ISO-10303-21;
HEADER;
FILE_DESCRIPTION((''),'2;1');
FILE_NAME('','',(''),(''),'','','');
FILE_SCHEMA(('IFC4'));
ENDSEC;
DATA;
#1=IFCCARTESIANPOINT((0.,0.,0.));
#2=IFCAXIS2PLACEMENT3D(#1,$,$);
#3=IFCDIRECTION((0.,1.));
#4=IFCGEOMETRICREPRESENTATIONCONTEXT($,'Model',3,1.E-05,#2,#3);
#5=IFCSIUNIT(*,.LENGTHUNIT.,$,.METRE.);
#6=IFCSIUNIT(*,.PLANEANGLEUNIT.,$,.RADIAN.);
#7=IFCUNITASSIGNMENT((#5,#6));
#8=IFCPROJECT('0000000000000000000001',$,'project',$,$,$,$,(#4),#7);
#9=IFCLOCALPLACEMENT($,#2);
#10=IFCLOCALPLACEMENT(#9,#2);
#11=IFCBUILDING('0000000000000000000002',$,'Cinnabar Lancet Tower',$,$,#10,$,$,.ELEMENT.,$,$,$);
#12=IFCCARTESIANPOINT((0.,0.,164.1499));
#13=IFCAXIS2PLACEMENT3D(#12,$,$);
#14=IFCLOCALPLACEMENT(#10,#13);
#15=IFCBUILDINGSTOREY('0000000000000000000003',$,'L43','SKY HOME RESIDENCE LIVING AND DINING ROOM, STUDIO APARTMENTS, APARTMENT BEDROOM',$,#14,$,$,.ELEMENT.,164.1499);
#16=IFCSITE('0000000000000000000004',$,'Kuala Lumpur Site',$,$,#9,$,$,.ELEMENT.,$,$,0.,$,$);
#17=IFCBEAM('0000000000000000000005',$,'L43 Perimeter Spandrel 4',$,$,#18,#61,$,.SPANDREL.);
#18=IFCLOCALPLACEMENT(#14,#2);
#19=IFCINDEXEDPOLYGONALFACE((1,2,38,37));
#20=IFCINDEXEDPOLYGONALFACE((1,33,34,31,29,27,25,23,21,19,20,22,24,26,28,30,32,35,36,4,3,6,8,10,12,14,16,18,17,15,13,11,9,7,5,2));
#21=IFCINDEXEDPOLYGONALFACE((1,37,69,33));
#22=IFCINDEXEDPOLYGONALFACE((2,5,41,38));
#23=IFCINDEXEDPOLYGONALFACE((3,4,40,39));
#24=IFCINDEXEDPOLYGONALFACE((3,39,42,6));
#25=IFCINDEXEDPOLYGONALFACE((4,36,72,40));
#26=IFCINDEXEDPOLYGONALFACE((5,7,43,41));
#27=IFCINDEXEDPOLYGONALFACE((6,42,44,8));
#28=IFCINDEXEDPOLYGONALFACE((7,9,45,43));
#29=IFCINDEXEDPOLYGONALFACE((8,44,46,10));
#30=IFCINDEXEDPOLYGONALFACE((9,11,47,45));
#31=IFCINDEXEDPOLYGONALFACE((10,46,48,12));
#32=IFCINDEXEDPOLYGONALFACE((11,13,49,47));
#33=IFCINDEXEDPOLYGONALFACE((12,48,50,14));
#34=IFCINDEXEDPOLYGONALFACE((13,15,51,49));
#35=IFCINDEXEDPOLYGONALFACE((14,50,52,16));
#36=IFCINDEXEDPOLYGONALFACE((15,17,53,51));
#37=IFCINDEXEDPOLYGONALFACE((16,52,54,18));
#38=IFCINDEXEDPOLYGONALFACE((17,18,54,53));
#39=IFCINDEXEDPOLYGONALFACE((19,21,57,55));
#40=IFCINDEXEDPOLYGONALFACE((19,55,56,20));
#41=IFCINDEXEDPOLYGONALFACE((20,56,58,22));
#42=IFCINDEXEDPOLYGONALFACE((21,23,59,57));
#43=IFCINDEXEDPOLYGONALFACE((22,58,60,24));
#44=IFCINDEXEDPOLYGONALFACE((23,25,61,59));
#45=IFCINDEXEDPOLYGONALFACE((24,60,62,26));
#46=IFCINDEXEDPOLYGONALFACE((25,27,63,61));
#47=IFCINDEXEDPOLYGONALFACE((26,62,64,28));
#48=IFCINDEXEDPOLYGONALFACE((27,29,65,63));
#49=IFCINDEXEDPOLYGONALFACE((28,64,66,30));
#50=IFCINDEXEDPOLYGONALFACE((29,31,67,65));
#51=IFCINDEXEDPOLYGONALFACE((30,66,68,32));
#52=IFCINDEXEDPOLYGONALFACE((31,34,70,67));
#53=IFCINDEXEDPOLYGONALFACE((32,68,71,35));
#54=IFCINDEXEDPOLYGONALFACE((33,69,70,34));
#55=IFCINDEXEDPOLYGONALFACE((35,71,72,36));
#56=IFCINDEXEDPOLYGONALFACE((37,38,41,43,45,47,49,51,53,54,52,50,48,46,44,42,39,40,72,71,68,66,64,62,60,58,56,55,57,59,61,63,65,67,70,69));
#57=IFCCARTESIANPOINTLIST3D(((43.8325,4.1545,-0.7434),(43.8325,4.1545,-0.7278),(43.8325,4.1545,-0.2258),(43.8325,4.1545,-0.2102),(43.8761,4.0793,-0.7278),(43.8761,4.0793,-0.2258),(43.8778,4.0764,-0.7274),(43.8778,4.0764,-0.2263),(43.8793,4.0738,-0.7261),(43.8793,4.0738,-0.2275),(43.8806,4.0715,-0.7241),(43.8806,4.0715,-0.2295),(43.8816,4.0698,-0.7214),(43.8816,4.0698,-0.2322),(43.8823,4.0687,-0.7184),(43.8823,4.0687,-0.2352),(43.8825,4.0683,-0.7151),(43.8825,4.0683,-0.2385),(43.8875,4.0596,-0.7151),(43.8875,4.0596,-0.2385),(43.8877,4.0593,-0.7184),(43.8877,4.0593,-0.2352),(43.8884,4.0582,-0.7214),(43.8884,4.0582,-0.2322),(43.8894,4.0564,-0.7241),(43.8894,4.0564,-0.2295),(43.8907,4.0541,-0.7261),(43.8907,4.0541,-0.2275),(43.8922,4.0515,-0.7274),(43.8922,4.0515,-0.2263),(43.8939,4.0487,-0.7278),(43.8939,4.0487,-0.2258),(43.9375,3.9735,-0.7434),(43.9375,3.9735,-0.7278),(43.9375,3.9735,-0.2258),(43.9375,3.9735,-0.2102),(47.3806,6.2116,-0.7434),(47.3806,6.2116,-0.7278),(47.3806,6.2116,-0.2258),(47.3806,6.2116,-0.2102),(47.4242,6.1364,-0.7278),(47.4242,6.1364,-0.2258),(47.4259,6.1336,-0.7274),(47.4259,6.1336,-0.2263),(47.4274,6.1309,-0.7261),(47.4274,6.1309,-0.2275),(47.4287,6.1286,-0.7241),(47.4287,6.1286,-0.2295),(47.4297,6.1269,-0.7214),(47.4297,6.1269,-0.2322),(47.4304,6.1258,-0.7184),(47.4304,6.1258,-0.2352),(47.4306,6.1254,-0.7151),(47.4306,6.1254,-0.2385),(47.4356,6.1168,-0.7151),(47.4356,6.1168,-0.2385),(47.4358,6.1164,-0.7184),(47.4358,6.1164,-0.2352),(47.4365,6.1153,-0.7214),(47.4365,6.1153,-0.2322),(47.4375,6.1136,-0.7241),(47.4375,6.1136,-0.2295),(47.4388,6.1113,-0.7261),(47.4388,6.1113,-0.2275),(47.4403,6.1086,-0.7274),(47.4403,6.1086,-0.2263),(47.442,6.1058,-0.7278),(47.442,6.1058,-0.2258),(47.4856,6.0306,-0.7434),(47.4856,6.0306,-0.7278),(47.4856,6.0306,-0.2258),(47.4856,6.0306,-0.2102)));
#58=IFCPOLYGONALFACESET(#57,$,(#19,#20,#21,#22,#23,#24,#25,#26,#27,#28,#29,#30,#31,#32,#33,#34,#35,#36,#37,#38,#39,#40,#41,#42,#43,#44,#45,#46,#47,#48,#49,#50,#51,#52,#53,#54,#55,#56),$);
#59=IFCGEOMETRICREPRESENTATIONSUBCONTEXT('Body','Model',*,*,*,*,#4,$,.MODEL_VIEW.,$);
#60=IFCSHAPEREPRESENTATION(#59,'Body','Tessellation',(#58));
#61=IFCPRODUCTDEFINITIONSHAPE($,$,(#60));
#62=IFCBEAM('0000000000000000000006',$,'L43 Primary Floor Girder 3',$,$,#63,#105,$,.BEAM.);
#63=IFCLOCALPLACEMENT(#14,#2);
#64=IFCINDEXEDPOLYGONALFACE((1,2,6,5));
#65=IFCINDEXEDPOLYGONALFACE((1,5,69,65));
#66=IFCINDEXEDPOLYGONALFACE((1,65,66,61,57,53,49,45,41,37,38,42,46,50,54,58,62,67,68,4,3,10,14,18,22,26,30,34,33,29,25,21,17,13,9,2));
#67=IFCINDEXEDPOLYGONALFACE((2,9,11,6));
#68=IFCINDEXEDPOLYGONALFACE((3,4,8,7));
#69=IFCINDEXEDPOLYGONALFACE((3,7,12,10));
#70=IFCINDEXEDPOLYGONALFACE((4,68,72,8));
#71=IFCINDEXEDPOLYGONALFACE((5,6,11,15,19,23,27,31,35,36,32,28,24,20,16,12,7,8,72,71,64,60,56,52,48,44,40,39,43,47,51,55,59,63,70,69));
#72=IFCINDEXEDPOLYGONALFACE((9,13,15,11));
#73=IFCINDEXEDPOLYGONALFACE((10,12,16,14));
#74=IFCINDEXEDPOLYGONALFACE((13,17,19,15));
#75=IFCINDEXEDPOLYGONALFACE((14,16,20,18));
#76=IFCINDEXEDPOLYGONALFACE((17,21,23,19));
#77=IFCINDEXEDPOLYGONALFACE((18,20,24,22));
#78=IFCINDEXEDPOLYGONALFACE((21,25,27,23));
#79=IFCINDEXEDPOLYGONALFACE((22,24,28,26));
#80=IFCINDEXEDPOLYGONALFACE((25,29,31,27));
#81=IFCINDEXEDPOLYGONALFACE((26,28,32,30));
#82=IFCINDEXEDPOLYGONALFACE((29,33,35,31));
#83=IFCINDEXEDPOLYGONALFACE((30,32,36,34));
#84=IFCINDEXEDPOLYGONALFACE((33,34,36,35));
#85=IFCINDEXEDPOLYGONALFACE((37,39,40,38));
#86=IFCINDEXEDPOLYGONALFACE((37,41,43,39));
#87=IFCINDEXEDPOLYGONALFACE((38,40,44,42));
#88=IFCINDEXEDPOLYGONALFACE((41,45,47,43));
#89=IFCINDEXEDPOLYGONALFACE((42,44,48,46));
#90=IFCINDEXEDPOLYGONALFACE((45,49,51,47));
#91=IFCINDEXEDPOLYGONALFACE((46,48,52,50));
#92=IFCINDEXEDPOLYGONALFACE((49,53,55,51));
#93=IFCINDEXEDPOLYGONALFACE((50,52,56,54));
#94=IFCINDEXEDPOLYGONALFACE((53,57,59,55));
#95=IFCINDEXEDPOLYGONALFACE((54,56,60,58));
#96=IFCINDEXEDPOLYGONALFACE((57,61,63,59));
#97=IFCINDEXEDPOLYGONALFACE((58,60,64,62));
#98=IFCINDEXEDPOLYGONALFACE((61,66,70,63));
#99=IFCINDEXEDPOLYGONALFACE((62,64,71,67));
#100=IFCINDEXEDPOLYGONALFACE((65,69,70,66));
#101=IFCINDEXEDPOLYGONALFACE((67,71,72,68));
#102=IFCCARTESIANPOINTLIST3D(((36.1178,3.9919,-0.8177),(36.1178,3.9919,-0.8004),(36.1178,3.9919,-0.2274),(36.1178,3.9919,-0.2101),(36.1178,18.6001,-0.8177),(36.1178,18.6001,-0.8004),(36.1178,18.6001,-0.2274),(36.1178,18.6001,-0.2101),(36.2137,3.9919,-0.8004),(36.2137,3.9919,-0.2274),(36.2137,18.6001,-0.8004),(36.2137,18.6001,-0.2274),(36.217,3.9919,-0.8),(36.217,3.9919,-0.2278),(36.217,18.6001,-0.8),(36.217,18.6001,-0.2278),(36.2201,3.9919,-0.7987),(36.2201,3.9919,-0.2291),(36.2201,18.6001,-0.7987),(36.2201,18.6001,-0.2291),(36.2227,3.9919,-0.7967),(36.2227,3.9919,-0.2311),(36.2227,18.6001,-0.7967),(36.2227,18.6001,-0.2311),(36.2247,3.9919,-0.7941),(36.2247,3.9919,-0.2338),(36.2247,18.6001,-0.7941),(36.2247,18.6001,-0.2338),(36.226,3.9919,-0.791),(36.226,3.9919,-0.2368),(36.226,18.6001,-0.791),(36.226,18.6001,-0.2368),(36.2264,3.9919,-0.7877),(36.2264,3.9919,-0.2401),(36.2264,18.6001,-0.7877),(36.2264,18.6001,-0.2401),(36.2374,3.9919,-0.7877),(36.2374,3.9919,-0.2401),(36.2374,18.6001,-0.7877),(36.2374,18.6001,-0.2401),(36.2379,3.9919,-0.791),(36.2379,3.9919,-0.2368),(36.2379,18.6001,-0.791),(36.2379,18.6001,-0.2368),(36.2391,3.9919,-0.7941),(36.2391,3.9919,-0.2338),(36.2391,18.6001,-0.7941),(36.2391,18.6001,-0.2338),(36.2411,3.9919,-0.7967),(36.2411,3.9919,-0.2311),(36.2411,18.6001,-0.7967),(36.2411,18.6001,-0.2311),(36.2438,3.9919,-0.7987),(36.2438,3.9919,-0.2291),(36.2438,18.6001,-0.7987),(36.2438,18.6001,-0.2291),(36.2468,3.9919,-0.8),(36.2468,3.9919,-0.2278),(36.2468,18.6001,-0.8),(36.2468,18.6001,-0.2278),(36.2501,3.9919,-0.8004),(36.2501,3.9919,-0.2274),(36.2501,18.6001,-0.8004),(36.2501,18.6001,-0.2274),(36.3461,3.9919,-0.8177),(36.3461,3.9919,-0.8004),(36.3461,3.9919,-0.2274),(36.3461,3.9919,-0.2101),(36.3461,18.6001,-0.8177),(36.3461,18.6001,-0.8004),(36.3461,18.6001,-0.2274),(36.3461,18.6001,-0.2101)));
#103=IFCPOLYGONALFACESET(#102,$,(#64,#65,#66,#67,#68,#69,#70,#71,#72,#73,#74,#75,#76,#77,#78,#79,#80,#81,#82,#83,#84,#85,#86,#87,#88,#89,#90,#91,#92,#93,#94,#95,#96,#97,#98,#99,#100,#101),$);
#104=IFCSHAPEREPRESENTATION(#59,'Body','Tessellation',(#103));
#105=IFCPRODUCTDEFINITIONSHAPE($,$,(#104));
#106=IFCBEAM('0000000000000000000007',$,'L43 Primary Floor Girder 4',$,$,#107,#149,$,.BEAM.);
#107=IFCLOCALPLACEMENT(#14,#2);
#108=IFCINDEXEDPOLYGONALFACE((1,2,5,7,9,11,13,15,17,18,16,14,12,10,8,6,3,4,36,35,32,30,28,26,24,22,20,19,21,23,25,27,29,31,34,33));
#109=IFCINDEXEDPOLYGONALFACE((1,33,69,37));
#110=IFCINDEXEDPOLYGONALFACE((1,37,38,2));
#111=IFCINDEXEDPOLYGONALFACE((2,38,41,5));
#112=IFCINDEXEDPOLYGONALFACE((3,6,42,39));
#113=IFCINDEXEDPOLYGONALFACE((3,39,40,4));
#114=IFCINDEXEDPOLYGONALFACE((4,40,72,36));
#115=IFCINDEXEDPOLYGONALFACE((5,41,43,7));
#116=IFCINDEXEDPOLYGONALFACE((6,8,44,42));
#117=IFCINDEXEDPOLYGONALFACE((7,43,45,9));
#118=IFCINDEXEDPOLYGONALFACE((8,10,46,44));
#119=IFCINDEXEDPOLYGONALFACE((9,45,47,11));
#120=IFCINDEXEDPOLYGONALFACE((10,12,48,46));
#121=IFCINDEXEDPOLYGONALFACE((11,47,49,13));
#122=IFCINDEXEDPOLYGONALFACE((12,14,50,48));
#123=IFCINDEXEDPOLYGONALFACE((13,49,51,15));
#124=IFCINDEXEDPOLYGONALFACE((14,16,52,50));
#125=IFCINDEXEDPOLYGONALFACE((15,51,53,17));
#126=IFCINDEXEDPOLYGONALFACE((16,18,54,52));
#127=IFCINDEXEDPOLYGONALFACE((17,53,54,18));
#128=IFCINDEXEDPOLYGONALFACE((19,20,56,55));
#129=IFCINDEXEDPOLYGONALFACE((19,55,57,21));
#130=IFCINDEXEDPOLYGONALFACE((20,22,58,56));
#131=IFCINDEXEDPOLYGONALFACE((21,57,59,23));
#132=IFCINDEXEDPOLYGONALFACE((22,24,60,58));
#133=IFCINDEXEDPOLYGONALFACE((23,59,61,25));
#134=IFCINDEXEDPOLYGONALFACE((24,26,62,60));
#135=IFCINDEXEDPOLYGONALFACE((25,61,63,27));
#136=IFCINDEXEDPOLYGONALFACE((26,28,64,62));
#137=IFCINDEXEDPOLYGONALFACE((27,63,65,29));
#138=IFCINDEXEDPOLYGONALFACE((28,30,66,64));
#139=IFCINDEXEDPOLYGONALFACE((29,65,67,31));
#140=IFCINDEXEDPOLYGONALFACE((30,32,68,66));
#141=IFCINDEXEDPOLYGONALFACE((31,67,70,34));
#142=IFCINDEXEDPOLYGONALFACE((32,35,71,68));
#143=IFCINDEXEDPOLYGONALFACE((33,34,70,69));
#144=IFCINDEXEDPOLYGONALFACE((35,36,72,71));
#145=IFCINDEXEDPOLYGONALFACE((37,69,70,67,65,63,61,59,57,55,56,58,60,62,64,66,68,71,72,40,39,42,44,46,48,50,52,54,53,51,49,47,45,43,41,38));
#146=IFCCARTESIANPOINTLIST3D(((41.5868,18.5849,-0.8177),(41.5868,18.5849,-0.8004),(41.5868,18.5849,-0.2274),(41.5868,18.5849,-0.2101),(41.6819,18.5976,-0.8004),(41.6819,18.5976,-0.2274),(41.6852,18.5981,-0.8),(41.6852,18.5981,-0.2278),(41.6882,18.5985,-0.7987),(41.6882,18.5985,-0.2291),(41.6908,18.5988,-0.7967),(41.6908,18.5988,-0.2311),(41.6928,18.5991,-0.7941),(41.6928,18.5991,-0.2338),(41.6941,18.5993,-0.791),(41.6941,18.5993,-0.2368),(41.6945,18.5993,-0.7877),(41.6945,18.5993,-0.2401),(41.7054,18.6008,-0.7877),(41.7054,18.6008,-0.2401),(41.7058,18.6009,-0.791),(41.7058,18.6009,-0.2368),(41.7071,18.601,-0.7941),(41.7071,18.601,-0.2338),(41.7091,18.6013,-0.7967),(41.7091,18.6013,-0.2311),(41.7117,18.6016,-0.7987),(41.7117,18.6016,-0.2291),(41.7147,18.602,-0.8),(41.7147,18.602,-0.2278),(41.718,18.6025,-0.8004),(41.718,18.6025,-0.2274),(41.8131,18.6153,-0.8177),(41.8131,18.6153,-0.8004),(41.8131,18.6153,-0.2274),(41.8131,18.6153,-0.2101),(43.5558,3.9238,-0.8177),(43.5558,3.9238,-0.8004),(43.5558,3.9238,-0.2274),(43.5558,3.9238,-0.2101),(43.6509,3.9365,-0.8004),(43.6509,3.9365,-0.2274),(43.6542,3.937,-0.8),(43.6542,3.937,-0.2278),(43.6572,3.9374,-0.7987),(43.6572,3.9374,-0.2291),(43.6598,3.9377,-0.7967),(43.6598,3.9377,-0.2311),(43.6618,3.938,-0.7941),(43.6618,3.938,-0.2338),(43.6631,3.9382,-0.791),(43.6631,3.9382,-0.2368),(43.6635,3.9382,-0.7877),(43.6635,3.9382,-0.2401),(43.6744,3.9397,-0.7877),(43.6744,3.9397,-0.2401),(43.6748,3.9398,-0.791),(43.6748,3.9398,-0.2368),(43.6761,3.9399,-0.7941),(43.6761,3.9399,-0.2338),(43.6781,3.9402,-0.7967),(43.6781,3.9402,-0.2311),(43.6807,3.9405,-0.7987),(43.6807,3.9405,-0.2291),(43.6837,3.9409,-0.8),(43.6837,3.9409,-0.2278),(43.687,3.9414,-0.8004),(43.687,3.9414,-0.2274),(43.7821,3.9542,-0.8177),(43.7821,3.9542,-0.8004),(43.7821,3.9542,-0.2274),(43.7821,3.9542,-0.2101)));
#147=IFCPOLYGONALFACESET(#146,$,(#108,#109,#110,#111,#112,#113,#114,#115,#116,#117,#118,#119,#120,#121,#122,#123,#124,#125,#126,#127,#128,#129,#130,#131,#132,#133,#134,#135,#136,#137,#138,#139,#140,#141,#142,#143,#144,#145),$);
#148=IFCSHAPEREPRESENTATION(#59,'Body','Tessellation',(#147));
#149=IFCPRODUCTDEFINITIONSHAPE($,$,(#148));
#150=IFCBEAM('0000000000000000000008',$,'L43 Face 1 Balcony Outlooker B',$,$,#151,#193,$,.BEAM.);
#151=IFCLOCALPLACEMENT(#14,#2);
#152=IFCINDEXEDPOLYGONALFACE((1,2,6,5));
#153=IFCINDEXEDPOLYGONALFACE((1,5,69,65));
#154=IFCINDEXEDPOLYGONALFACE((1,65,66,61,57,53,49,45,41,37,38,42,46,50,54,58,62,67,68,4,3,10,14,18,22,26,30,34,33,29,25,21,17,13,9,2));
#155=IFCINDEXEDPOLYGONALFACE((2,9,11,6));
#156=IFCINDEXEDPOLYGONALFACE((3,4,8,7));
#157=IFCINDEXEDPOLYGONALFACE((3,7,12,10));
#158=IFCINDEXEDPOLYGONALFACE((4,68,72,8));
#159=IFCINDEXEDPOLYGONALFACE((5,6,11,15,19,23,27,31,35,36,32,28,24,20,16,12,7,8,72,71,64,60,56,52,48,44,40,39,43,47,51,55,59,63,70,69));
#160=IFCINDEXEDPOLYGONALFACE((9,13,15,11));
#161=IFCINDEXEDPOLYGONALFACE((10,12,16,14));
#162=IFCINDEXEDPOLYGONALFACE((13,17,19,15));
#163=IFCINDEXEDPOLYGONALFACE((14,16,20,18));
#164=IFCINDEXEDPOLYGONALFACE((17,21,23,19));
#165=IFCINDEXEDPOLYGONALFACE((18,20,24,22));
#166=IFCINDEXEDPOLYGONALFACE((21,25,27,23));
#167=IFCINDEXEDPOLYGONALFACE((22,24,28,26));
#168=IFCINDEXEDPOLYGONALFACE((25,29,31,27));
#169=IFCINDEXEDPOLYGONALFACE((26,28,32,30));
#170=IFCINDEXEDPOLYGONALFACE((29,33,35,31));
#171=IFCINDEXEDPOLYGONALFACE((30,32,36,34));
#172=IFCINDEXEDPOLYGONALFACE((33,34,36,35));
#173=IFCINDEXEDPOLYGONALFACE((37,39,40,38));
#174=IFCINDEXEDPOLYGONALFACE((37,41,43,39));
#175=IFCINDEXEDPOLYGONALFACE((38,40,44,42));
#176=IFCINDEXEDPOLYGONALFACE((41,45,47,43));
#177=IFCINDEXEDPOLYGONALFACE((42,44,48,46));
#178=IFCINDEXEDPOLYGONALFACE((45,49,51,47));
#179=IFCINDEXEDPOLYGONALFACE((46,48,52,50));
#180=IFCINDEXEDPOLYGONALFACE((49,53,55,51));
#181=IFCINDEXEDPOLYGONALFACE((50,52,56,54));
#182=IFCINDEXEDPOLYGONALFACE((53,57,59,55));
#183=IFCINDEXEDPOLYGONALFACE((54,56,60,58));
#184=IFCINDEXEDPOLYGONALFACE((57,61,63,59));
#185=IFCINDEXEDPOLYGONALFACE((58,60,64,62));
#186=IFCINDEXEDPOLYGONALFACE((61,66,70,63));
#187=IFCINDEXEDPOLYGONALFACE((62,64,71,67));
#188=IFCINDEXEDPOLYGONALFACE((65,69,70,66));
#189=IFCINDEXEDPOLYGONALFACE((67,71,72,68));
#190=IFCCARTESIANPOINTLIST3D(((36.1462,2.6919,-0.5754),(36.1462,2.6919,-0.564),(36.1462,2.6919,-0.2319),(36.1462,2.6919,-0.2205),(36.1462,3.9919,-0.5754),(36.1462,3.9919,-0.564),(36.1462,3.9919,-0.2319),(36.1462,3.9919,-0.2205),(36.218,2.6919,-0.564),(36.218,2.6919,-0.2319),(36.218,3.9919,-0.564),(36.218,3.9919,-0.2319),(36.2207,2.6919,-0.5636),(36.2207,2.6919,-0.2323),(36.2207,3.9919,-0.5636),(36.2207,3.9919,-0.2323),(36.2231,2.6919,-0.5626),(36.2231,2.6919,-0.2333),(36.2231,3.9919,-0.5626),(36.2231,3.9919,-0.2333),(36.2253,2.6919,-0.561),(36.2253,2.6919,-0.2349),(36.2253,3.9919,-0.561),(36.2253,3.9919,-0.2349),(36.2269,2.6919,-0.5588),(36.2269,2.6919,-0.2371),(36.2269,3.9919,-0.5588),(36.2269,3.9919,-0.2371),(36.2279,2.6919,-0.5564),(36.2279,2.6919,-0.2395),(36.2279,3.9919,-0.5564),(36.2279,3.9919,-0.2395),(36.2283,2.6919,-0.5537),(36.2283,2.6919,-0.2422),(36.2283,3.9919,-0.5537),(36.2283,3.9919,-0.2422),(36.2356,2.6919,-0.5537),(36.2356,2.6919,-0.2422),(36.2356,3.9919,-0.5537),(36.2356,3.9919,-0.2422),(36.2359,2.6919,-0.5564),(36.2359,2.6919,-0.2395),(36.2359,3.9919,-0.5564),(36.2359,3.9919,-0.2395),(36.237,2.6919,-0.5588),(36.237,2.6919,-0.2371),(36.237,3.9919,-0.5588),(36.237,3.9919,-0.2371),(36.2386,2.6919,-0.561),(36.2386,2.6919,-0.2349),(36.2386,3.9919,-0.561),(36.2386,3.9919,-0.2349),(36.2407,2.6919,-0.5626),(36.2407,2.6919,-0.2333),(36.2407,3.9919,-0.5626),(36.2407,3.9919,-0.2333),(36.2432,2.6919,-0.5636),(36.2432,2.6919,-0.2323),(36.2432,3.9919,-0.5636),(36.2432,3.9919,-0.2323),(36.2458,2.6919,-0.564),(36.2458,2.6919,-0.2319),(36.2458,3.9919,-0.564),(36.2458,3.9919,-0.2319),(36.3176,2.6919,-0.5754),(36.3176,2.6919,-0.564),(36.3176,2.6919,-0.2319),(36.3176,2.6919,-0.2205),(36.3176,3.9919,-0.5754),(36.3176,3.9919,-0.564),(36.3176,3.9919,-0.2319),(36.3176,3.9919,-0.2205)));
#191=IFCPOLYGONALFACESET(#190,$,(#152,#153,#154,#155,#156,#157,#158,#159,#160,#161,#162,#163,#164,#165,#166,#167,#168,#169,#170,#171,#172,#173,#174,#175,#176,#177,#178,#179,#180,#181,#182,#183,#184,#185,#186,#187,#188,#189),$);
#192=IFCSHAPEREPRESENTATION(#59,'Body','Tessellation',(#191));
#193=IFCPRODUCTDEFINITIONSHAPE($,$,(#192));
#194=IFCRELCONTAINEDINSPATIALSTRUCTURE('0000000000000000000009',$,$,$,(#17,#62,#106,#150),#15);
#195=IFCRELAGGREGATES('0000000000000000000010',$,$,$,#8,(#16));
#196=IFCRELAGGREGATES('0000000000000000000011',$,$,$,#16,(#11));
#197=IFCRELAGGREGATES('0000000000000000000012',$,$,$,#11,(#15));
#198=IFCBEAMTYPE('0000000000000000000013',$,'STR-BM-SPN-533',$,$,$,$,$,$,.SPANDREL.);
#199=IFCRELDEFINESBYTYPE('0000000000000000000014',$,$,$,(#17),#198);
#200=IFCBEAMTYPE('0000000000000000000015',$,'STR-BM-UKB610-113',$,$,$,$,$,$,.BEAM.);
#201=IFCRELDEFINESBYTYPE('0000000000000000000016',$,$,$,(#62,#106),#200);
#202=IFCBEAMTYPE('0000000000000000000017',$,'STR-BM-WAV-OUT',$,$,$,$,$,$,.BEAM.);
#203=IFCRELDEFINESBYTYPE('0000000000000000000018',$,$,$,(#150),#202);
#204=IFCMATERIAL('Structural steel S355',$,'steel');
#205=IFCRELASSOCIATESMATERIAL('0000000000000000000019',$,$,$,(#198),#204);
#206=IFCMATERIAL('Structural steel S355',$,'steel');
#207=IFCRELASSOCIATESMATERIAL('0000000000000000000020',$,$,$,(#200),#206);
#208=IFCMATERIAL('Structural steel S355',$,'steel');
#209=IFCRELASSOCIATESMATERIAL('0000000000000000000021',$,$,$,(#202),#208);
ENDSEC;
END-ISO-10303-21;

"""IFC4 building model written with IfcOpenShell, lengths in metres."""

from ifc_helpers import new_model, si_unit, direction, frame, origin, origin_2d, place, context, subcontext, project, spatial, i_section, extrude, material, material_profile, profile_set, type_object, element, save


model = new_model("IFC4")

# Units and contexts
model_context = context("Model", 3, precision=1e-05, world=origin(), true_north=direction((0.0, 1.0)))
body_context = subcontext(model_context, "Body", "Model", "MODEL_VIEW")
ifc_project = project(units=[si_unit("LENGTHUNIT", "METRE"), si_unit("PLANEANGLEUNIT", "RADIAN")], contexts=[model_context])

# Site, building, storey
site_placement = place(None, origin())
site = spatial("IfcSite", under=ifc_project, at=site_placement, Name="Kuala Lumpur Site", CompositionType="ELEMENT", RefElevation=0.0)
building_placement = place(site_placement, origin())
building = spatial("IfcBuilding", under=site, at=building_placement, Name="Cinnabar Lancet Tower", CompositionType="ELEMENT")
storey_placement = place(building_placement, frame((0.0, 0.0, 164.1499)))
storey = spatial("IfcBuildingStorey", under=building, at=storey_placement, Name="L43", Description="SKY HOME RESIDENCE LIVING AND DINING ROOM, STUDIO APARTMENTS, APARTMENT BEDROOM", CompositionType="ELEMENT", Elevation=164.1499)

# Beams
ifc_material_1 = material(Name="Structural steel S355", Category="steel")
ifc_material_profile_1 = material_profile(ifc_material_1, i_section(OverallWidth=0.2092, OverallDepth=0.5332, WebThickness=0.01, FlangeThickness=0.0156, FilletRadius=0.0127, at=origin_2d()), Name="UKB 533x210x92")
ifc_profile_set_1 = profile_set([ifc_material_profile_1], Name="Structural steel S355")
beam_type_1 = type_object("IfcBeamType", Name="STR-BM-SPN-533", PredefinedType="SPANDREL", material=ifc_profile_set_1)
beam_1_placement = place(storey_placement, frame((43.885, 4.064, -0.4768), z_axis=(0.865112, 0.501578, 0.0), x_axis=(-0.501578, 0.865112, 0.0)))
element("IfcBeam", 1, at=beam_1_placement, inside=storey, type_object=beam_type_1, Name="L43 Perimeter Spandrel 4", PredefinedType="SPANDREL", context=body_context, shape_type="SweptSolid", body=[
    extrude(i_section(OverallWidth=0.2092, OverallDepth=0.5332, WebThickness=0.01, FlangeThickness=0.0156, FilletRadius=0.0127, at=origin_2d()), origin(), (0.0, 0.0, 1.0), 4.1013),
])
ifc_material_2 = material(Name="Structural steel S355", Category="steel")
ifc_material_profile_2 = material_profile(ifc_material_2, i_section(OverallWidth=0.2283, OverallDepth=0.6077, WebThickness=0.011, FlangeThickness=0.0173, FilletRadius=0.0127, at=origin_2d()), Name="UKB 610x229x113")
ifc_profile_set_2 = profile_set([ifc_material_profile_2], Name="Structural steel S355")
beam_type_2 = type_object("IfcBeamType", Name="STR-BM-UKB610-113", PredefinedType="BEAM", material=ifc_profile_set_2)
beam_2_placement = place(storey_placement, frame((36.2319, 3.9919, -0.5139), z_axis=(0.0, 1.0, 0.0), x_axis=(-1.0, 0.0, 0.0)))
element("IfcBeam", 2, at=beam_2_placement, inside=storey, type_object=beam_type_2, Name="L43 Primary Floor Girder 3", PredefinedType="BEAM", context=body_context, shape_type="SweptSolid", body=[
    extrude(i_section(OverallWidth=0.2283, OverallDepth=0.6077, WebThickness=0.011, FlangeThickness=0.0173, FilletRadius=0.0127, at=origin_2d()), origin(), (0.0, 0.0, 1.0), 14.6082),
])
beam_3_placement = place(storey_placement, frame((43.6689, 3.939, -0.5139), z_axis=(-0.133105, 0.991102, 0.0), x_axis=(-0.991102, -0.133105, 0.0)))
element("IfcBeam", 3, at=beam_3_placement, inside=storey, type_object=beam_type_2, Name="L43 Primary Floor Girder 4", PredefinedType="BEAM", context=body_context, shape_type="SweptSolid", body=[
    extrude(i_section(OverallWidth=0.2283, OverallDepth=0.6077, WebThickness=0.011, FlangeThickness=0.0173, FilletRadius=0.0127, at=origin_2d()), origin(), (0.0, 0.0, 1.0), 14.7927),
])
ifc_material_3 = material(Name="Structural steel S355", Category="steel")
ifc_material_profile_3 = material_profile(ifc_material_3, i_section(OverallWidth=0.1714, OverallDepth=0.355, WebThickness=0.0073, FlangeThickness=0.0115, FilletRadius=0.0103, at=origin_2d()), Name="UKB 356x171x51")
ifc_profile_set_3 = profile_set([ifc_material_profile_3], Name="Structural steel S355")
beam_type_3 = type_object("IfcBeamType", Name="STR-BM-WAV-OUT", PredefinedType="BEAM", material=ifc_profile_set_3)
beam_4_placement = place(storey_placement, frame((36.2319, 3.9919, -0.3979), z_axis=(0.0, -1.0, 0.0), x_axis=(1.0, 0.0, 0.0)))
element("IfcBeam", 4, at=beam_4_placement, inside=storey, type_object=beam_type_3, Name="L43 Face 1 Balcony Outlooker B", PredefinedType="BEAM", context=body_context, shape_type="SweptSolid", body=[
    extrude(i_section(OverallWidth=0.1714, OverallDepth=0.355, WebThickness=0.0073, FlangeThickness=0.0115, FilletRadius=0.0103, at=origin_2d()), origin(), (0.0, 0.0, 1.0), 1.3),
])

save(model, "model.ifc")
